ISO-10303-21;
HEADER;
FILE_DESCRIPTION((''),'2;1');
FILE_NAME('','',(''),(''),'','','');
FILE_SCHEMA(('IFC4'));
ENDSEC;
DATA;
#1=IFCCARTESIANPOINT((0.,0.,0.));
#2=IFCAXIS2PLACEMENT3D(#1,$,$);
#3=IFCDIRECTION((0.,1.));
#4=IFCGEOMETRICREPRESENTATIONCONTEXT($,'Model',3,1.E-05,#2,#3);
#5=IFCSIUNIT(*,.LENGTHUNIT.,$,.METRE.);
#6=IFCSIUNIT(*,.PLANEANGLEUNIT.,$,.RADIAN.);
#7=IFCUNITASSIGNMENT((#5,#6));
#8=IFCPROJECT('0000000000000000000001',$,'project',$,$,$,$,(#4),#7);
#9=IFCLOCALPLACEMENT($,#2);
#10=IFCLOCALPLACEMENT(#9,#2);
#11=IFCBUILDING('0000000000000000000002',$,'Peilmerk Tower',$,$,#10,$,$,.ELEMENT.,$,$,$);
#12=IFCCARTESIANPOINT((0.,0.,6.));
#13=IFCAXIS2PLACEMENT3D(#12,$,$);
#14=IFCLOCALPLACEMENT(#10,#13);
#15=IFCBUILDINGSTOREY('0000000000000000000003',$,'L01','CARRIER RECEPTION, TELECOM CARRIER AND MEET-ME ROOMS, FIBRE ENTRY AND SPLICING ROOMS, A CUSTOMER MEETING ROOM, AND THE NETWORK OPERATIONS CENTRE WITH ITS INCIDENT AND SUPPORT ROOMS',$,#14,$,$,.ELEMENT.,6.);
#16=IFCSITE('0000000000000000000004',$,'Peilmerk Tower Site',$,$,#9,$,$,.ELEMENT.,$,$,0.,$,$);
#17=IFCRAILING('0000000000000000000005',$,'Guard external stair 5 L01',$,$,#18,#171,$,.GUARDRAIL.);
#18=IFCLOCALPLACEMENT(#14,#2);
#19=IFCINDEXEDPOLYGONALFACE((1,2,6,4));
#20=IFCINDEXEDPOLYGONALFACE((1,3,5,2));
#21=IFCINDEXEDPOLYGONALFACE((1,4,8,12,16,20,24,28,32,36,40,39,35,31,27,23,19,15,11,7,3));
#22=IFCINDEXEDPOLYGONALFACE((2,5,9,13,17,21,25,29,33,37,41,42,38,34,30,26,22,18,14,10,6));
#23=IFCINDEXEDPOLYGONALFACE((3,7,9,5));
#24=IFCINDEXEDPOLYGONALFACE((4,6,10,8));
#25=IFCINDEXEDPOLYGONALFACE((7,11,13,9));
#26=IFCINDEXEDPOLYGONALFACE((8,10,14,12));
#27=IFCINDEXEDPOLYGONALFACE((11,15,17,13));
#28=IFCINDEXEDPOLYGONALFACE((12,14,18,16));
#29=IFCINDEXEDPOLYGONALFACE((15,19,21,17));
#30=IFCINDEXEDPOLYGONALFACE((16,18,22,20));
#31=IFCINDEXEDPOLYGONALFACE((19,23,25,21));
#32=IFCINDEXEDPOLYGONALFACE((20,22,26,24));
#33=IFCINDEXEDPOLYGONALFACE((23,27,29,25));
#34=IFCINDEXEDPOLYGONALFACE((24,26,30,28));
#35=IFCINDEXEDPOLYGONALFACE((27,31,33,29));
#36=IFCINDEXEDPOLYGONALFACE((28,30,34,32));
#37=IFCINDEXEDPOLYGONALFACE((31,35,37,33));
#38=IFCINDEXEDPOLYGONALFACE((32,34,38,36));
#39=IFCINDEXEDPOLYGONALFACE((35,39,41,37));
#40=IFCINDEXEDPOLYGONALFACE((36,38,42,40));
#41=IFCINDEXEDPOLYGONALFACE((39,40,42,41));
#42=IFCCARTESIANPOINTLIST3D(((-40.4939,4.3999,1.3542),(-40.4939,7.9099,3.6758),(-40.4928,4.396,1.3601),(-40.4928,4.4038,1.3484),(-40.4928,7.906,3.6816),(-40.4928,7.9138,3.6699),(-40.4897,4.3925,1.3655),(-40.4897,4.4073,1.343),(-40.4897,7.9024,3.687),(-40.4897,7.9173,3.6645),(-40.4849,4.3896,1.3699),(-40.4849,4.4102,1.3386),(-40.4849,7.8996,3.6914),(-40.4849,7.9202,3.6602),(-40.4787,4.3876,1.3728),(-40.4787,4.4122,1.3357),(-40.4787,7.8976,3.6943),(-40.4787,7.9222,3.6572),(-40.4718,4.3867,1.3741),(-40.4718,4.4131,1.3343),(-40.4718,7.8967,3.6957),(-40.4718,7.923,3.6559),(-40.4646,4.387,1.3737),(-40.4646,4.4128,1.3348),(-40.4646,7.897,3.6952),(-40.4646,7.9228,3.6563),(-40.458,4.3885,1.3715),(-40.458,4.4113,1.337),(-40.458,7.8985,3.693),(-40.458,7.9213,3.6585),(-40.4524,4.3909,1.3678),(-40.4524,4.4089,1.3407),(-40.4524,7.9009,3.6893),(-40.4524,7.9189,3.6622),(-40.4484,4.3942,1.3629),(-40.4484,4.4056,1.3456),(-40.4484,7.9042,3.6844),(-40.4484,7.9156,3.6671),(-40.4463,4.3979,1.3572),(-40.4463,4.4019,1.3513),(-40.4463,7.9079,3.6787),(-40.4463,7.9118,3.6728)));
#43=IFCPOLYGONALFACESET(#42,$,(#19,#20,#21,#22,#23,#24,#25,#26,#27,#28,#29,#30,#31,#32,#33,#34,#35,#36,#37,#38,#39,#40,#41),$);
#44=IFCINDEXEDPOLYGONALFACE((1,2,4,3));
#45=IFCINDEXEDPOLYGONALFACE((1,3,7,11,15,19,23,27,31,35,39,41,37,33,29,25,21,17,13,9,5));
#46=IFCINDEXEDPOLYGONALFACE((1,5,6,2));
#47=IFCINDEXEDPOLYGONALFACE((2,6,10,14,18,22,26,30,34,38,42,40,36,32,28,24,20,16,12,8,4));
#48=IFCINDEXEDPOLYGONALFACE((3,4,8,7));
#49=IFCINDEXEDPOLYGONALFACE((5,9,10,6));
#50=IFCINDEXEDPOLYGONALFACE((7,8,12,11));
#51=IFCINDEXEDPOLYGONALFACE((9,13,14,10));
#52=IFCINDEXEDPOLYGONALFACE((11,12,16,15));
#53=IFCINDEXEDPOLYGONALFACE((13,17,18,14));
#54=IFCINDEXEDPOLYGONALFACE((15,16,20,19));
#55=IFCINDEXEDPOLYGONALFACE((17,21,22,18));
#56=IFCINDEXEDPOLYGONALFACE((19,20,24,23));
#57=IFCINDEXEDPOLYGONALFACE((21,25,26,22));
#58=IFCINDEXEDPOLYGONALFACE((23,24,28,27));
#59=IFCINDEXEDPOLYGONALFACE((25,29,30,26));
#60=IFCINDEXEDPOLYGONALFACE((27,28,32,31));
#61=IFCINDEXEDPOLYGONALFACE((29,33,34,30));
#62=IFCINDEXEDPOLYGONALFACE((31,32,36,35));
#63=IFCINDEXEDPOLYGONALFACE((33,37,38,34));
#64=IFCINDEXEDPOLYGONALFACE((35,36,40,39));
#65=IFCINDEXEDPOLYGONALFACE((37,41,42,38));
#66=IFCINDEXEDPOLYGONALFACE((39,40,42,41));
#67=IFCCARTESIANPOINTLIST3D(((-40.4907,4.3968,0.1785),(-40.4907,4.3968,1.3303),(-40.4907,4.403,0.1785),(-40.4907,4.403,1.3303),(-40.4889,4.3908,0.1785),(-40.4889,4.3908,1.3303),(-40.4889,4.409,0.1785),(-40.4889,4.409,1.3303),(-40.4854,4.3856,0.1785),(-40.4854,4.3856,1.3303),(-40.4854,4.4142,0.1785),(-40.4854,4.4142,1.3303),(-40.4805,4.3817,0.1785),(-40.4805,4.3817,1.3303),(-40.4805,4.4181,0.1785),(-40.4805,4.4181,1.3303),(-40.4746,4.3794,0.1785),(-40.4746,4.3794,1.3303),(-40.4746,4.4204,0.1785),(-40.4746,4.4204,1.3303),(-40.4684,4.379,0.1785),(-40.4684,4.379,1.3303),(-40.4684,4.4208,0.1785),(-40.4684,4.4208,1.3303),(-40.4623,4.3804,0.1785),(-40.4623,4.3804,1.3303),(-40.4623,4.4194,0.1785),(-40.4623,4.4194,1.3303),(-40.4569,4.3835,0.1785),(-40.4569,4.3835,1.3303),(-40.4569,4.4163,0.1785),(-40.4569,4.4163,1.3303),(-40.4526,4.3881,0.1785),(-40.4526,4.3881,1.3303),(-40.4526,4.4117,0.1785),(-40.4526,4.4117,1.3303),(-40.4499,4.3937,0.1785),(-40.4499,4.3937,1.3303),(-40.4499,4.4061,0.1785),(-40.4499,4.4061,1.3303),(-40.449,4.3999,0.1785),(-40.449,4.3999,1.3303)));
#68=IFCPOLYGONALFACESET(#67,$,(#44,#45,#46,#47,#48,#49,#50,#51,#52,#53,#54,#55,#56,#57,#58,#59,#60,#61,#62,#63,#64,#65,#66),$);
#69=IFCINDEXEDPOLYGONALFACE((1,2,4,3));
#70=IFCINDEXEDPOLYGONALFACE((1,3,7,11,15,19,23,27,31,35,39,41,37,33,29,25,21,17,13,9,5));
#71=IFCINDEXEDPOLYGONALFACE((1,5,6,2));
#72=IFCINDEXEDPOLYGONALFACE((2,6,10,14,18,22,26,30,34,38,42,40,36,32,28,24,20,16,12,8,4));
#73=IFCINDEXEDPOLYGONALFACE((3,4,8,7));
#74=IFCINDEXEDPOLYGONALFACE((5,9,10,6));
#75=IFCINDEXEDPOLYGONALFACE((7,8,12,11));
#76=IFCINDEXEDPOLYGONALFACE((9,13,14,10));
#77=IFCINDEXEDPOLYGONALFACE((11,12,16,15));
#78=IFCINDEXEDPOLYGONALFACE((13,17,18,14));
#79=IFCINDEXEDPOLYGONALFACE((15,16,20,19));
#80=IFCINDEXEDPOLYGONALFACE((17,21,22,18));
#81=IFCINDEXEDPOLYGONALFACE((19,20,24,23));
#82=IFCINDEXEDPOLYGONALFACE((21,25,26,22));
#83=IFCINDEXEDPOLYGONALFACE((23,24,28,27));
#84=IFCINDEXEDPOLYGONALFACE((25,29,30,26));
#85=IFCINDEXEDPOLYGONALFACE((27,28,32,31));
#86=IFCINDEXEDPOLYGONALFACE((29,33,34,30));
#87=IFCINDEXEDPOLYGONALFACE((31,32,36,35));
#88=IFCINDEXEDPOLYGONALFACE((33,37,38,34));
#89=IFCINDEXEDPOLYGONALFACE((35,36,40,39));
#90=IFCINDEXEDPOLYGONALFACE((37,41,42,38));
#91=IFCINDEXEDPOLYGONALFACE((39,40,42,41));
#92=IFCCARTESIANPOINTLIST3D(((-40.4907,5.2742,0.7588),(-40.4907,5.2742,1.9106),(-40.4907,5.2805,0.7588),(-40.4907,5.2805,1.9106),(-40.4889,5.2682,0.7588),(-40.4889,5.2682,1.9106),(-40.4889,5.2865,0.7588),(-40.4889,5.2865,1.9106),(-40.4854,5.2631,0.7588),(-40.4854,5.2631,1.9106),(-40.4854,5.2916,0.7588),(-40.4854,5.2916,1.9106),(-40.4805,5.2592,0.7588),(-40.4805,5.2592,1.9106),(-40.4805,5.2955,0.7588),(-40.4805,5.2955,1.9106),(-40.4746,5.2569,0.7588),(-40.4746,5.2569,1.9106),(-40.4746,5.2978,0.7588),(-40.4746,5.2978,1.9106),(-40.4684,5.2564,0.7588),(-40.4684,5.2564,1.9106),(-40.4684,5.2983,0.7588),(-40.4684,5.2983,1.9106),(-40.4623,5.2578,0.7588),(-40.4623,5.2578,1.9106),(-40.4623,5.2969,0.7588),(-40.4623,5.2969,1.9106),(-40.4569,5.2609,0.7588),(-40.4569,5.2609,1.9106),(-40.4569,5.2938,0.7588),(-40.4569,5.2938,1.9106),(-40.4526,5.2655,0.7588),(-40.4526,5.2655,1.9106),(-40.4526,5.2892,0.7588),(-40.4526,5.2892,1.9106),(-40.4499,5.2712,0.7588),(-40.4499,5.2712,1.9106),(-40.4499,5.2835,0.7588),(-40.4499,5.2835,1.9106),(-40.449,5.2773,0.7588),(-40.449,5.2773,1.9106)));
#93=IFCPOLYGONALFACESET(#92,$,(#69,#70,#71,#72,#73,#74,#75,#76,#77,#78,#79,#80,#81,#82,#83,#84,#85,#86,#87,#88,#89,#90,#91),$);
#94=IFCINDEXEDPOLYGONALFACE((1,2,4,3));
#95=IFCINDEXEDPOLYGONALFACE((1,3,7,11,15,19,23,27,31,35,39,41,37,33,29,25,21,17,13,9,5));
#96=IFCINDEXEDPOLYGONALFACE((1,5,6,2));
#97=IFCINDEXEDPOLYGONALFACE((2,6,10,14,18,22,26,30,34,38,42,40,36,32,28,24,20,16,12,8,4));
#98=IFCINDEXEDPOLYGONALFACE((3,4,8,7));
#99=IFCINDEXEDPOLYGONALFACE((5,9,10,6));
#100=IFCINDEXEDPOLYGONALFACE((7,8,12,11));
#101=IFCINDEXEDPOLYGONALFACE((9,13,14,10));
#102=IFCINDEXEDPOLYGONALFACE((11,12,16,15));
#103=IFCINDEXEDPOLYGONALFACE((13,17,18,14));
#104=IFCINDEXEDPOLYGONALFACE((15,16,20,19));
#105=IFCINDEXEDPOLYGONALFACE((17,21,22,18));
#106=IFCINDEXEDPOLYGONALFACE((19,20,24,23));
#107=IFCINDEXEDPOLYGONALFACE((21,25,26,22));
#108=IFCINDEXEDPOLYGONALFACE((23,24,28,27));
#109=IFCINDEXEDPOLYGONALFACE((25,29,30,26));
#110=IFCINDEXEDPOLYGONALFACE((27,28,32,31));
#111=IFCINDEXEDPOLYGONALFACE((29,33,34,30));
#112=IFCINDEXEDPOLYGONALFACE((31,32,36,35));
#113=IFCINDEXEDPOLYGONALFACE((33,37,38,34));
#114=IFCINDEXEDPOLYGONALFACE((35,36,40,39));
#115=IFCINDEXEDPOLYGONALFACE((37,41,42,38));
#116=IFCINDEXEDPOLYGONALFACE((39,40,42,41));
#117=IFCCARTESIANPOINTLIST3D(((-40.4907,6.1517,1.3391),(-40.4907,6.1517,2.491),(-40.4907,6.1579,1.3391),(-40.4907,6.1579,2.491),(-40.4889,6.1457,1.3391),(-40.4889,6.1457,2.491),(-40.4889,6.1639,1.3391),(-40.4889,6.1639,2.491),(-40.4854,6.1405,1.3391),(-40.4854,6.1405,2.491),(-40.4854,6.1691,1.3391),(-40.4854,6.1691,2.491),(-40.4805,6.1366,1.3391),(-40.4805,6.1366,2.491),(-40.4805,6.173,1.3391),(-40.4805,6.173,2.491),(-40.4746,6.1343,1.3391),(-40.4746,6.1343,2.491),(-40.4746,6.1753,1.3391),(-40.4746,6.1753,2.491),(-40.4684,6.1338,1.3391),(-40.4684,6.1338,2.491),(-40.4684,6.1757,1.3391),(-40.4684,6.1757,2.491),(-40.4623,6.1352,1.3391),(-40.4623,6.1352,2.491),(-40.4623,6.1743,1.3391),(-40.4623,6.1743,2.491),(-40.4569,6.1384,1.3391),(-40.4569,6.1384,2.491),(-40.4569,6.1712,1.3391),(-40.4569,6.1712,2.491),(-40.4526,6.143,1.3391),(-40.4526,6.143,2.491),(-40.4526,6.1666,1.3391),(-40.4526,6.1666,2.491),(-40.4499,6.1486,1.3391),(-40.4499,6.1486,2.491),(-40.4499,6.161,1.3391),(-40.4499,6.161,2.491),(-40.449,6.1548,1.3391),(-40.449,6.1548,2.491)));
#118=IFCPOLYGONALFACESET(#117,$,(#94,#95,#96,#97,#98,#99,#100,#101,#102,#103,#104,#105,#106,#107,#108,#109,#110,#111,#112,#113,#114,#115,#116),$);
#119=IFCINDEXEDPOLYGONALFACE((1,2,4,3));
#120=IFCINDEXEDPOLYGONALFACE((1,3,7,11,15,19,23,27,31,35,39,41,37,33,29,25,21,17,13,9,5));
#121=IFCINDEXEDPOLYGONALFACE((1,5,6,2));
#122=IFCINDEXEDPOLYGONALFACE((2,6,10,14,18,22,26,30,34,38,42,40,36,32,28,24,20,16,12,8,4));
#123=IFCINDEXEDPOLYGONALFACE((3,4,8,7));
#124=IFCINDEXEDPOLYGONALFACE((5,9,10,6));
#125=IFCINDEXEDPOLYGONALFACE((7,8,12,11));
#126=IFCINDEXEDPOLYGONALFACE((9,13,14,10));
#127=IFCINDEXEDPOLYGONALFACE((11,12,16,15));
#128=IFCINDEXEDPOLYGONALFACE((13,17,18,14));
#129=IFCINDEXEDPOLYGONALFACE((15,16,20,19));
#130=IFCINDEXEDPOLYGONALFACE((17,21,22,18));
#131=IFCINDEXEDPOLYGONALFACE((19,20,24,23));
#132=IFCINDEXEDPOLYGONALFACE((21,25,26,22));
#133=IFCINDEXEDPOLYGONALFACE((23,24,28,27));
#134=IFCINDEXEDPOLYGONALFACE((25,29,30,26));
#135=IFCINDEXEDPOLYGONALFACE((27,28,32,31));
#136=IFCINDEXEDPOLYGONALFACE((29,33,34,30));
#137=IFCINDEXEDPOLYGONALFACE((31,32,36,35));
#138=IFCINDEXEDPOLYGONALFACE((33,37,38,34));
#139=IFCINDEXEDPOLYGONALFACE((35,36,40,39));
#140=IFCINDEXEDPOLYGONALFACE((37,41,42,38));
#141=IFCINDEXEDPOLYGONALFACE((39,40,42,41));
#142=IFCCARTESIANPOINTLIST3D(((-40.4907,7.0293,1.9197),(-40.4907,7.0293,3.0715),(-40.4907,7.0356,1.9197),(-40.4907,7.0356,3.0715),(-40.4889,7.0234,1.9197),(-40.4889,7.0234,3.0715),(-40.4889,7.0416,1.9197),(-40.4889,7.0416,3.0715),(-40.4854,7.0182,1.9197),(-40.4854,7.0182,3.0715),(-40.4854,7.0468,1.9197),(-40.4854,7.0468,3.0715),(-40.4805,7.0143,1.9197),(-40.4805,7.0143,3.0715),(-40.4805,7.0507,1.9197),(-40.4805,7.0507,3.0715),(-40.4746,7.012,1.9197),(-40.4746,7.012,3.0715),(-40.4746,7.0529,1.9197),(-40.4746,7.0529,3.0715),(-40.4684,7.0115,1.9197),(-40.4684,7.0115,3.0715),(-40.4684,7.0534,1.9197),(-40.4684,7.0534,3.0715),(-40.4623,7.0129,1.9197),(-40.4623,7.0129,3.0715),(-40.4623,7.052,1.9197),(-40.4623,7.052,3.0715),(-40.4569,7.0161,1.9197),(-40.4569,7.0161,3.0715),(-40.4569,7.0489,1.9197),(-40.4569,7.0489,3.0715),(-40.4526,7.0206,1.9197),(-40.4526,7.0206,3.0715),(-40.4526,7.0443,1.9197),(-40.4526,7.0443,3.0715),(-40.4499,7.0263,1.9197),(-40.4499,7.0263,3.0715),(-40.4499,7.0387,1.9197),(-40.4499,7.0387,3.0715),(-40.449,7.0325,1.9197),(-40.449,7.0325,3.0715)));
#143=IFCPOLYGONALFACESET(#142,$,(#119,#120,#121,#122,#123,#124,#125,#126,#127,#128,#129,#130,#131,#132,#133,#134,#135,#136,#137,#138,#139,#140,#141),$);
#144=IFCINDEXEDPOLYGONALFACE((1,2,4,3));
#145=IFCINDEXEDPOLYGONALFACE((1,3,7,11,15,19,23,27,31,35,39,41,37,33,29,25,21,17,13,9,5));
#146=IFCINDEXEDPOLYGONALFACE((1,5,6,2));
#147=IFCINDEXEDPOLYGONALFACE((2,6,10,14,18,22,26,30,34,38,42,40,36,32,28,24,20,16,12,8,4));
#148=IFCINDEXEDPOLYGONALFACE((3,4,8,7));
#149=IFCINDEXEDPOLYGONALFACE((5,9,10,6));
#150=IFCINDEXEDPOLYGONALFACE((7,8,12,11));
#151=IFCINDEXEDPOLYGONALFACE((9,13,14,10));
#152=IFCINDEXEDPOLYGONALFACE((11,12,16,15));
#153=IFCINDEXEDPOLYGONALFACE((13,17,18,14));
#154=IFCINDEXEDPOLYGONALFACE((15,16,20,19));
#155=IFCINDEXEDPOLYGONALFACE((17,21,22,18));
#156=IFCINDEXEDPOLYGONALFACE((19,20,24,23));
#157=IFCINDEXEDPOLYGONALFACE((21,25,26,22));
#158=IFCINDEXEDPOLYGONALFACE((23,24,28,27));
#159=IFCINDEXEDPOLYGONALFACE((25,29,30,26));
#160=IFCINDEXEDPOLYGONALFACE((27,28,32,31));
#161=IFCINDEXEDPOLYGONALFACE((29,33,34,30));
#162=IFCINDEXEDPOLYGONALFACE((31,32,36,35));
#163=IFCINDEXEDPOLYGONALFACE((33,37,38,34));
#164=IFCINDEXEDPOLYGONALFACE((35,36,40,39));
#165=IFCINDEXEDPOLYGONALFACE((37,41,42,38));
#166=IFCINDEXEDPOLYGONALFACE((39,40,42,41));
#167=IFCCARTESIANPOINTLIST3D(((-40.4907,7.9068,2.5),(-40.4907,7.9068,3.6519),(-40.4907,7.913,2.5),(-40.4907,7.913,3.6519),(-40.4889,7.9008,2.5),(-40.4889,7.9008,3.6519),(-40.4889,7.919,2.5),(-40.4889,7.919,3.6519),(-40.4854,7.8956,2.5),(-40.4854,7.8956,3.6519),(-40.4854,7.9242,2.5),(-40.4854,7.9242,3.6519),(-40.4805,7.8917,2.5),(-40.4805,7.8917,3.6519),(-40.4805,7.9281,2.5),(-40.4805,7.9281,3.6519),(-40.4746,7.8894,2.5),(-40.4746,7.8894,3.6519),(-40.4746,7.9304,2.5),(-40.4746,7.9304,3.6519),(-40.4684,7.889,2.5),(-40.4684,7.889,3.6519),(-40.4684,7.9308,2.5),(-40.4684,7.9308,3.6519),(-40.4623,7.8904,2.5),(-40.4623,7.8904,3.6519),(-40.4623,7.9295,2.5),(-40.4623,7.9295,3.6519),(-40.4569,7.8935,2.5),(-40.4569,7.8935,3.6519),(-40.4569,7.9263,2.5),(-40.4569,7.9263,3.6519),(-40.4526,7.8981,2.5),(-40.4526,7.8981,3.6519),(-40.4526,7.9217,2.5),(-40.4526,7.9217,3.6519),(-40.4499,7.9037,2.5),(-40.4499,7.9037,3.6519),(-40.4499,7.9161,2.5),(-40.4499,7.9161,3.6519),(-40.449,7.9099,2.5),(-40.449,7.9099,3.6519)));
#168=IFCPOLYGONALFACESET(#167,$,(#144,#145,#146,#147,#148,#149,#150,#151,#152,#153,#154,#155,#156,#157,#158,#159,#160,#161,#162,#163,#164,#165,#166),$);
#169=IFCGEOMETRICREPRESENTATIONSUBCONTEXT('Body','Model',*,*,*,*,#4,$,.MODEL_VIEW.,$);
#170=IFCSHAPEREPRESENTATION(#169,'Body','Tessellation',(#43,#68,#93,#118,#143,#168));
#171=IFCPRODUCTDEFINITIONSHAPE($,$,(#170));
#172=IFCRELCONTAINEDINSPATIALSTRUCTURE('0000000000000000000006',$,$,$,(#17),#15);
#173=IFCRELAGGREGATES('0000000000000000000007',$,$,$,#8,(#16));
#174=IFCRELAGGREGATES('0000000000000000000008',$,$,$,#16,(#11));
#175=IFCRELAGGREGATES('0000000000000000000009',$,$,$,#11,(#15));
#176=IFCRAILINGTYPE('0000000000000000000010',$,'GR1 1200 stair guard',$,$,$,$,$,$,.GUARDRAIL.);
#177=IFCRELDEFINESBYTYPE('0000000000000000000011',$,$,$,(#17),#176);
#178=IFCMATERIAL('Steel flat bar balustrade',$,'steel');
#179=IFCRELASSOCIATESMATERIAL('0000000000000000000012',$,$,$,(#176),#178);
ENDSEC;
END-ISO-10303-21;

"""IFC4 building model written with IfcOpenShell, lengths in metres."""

from ifc_helpers import new_model, si_unit, direction, frame, origin, origin_2d, place, context, subcontext, project, spatial, circle, extrude, material, type_object, element, save


model = new_model("IFC4")

# Units and contexts
model_context = context("Model", 3, precision=1e-05, world=origin(), true_north=direction((0.0, 1.0)))
body_context = subcontext(model_context, "Body", "Model", "MODEL_VIEW")
ifc_project = project(units=[si_unit("LENGTHUNIT", "METRE"), si_unit("PLANEANGLEUNIT", "RADIAN")], contexts=[model_context])

# Site, building, storey
site_placement = place(None, origin())
site = spatial("IfcSite", under=ifc_project, at=site_placement, Name="Peilmerk Tower Site", CompositionType="ELEMENT", RefElevation=0.0)
building_placement = place(site_placement, origin())
building = spatial("IfcBuilding", under=site, at=building_placement, Name="Peilmerk Tower", CompositionType="ELEMENT")
storey_placement = place(building_placement, frame((0.0, 0.0, 6.0)))
storey = spatial("IfcBuildingStorey", under=building, at=storey_placement, Name="L01", Description="CARRIER RECEPTION, TELECOM CARRIER AND MEET-ME ROOMS, FIBRE ENTRY AND SPLICING ROOMS, A CUSTOMER MEETING ROOM, AND THE NETWORK OPERATIONS CENTRE WITH ITS INCIDENT AND SUPPORT ROOMS", CompositionType="ELEMENT", Elevation=6.0)

# Railing
ifc_material_1 = material(Name="Steel flat bar balustrade", Category="steel")
railing_type_1 = type_object("IfcRailingType", Name="GR1 1200 stair guard", PredefinedType="GUARDRAIL", material=ifc_material_1)
for number, where, name in (
    (1, (-40.47, 4.3999, 0.1785), "Guard external stair 5 L01"),
):
    element("IfcRailing", number, at=place(storey_placement, frame(where)), inside=storey, type_object=railing_type_1, Name=name, PredefinedType="GUARDRAIL", context=body_context, shape_type="SweptSolid", body=[
        extrude(circle(Radius=0.0239, at=origin_2d()), frame((0.0, 0.0, 1.1758), z_axis=(0.0, 0.834071, 0.551657), x_axis=(-1.0, 0.0, 0.0)), (0.0, 0.0, 1.0), 4.2083),
        extrude(circle(Radius=0.021, at=origin_2d()), origin(), (0.0, 0.0, 1.0), 1.1519),
        extrude(circle(Radius=0.021, at=origin_2d()), frame((0.0, 0.8774, 0.5803)), (0.0, 0.0, 1.0), 1.1519),
        extrude(circle(Radius=0.021, at=origin_2d()), frame((0.0, 1.7549, 1.1606)), (0.0, 0.0, 1.0), 1.1519),
        extrude(circle(Radius=0.021, at=origin_2d()), frame((0.0, 2.6326, 1.7412)), (0.0, 0.0, 1.0), 1.1519),
        extrude(circle(Radius=0.021, at=origin_2d()), frame((0.0, 3.51, 2.3215)), (0.0, 0.0, 1.0), 1.1519),
    ])

save(model, "model.ifc")
